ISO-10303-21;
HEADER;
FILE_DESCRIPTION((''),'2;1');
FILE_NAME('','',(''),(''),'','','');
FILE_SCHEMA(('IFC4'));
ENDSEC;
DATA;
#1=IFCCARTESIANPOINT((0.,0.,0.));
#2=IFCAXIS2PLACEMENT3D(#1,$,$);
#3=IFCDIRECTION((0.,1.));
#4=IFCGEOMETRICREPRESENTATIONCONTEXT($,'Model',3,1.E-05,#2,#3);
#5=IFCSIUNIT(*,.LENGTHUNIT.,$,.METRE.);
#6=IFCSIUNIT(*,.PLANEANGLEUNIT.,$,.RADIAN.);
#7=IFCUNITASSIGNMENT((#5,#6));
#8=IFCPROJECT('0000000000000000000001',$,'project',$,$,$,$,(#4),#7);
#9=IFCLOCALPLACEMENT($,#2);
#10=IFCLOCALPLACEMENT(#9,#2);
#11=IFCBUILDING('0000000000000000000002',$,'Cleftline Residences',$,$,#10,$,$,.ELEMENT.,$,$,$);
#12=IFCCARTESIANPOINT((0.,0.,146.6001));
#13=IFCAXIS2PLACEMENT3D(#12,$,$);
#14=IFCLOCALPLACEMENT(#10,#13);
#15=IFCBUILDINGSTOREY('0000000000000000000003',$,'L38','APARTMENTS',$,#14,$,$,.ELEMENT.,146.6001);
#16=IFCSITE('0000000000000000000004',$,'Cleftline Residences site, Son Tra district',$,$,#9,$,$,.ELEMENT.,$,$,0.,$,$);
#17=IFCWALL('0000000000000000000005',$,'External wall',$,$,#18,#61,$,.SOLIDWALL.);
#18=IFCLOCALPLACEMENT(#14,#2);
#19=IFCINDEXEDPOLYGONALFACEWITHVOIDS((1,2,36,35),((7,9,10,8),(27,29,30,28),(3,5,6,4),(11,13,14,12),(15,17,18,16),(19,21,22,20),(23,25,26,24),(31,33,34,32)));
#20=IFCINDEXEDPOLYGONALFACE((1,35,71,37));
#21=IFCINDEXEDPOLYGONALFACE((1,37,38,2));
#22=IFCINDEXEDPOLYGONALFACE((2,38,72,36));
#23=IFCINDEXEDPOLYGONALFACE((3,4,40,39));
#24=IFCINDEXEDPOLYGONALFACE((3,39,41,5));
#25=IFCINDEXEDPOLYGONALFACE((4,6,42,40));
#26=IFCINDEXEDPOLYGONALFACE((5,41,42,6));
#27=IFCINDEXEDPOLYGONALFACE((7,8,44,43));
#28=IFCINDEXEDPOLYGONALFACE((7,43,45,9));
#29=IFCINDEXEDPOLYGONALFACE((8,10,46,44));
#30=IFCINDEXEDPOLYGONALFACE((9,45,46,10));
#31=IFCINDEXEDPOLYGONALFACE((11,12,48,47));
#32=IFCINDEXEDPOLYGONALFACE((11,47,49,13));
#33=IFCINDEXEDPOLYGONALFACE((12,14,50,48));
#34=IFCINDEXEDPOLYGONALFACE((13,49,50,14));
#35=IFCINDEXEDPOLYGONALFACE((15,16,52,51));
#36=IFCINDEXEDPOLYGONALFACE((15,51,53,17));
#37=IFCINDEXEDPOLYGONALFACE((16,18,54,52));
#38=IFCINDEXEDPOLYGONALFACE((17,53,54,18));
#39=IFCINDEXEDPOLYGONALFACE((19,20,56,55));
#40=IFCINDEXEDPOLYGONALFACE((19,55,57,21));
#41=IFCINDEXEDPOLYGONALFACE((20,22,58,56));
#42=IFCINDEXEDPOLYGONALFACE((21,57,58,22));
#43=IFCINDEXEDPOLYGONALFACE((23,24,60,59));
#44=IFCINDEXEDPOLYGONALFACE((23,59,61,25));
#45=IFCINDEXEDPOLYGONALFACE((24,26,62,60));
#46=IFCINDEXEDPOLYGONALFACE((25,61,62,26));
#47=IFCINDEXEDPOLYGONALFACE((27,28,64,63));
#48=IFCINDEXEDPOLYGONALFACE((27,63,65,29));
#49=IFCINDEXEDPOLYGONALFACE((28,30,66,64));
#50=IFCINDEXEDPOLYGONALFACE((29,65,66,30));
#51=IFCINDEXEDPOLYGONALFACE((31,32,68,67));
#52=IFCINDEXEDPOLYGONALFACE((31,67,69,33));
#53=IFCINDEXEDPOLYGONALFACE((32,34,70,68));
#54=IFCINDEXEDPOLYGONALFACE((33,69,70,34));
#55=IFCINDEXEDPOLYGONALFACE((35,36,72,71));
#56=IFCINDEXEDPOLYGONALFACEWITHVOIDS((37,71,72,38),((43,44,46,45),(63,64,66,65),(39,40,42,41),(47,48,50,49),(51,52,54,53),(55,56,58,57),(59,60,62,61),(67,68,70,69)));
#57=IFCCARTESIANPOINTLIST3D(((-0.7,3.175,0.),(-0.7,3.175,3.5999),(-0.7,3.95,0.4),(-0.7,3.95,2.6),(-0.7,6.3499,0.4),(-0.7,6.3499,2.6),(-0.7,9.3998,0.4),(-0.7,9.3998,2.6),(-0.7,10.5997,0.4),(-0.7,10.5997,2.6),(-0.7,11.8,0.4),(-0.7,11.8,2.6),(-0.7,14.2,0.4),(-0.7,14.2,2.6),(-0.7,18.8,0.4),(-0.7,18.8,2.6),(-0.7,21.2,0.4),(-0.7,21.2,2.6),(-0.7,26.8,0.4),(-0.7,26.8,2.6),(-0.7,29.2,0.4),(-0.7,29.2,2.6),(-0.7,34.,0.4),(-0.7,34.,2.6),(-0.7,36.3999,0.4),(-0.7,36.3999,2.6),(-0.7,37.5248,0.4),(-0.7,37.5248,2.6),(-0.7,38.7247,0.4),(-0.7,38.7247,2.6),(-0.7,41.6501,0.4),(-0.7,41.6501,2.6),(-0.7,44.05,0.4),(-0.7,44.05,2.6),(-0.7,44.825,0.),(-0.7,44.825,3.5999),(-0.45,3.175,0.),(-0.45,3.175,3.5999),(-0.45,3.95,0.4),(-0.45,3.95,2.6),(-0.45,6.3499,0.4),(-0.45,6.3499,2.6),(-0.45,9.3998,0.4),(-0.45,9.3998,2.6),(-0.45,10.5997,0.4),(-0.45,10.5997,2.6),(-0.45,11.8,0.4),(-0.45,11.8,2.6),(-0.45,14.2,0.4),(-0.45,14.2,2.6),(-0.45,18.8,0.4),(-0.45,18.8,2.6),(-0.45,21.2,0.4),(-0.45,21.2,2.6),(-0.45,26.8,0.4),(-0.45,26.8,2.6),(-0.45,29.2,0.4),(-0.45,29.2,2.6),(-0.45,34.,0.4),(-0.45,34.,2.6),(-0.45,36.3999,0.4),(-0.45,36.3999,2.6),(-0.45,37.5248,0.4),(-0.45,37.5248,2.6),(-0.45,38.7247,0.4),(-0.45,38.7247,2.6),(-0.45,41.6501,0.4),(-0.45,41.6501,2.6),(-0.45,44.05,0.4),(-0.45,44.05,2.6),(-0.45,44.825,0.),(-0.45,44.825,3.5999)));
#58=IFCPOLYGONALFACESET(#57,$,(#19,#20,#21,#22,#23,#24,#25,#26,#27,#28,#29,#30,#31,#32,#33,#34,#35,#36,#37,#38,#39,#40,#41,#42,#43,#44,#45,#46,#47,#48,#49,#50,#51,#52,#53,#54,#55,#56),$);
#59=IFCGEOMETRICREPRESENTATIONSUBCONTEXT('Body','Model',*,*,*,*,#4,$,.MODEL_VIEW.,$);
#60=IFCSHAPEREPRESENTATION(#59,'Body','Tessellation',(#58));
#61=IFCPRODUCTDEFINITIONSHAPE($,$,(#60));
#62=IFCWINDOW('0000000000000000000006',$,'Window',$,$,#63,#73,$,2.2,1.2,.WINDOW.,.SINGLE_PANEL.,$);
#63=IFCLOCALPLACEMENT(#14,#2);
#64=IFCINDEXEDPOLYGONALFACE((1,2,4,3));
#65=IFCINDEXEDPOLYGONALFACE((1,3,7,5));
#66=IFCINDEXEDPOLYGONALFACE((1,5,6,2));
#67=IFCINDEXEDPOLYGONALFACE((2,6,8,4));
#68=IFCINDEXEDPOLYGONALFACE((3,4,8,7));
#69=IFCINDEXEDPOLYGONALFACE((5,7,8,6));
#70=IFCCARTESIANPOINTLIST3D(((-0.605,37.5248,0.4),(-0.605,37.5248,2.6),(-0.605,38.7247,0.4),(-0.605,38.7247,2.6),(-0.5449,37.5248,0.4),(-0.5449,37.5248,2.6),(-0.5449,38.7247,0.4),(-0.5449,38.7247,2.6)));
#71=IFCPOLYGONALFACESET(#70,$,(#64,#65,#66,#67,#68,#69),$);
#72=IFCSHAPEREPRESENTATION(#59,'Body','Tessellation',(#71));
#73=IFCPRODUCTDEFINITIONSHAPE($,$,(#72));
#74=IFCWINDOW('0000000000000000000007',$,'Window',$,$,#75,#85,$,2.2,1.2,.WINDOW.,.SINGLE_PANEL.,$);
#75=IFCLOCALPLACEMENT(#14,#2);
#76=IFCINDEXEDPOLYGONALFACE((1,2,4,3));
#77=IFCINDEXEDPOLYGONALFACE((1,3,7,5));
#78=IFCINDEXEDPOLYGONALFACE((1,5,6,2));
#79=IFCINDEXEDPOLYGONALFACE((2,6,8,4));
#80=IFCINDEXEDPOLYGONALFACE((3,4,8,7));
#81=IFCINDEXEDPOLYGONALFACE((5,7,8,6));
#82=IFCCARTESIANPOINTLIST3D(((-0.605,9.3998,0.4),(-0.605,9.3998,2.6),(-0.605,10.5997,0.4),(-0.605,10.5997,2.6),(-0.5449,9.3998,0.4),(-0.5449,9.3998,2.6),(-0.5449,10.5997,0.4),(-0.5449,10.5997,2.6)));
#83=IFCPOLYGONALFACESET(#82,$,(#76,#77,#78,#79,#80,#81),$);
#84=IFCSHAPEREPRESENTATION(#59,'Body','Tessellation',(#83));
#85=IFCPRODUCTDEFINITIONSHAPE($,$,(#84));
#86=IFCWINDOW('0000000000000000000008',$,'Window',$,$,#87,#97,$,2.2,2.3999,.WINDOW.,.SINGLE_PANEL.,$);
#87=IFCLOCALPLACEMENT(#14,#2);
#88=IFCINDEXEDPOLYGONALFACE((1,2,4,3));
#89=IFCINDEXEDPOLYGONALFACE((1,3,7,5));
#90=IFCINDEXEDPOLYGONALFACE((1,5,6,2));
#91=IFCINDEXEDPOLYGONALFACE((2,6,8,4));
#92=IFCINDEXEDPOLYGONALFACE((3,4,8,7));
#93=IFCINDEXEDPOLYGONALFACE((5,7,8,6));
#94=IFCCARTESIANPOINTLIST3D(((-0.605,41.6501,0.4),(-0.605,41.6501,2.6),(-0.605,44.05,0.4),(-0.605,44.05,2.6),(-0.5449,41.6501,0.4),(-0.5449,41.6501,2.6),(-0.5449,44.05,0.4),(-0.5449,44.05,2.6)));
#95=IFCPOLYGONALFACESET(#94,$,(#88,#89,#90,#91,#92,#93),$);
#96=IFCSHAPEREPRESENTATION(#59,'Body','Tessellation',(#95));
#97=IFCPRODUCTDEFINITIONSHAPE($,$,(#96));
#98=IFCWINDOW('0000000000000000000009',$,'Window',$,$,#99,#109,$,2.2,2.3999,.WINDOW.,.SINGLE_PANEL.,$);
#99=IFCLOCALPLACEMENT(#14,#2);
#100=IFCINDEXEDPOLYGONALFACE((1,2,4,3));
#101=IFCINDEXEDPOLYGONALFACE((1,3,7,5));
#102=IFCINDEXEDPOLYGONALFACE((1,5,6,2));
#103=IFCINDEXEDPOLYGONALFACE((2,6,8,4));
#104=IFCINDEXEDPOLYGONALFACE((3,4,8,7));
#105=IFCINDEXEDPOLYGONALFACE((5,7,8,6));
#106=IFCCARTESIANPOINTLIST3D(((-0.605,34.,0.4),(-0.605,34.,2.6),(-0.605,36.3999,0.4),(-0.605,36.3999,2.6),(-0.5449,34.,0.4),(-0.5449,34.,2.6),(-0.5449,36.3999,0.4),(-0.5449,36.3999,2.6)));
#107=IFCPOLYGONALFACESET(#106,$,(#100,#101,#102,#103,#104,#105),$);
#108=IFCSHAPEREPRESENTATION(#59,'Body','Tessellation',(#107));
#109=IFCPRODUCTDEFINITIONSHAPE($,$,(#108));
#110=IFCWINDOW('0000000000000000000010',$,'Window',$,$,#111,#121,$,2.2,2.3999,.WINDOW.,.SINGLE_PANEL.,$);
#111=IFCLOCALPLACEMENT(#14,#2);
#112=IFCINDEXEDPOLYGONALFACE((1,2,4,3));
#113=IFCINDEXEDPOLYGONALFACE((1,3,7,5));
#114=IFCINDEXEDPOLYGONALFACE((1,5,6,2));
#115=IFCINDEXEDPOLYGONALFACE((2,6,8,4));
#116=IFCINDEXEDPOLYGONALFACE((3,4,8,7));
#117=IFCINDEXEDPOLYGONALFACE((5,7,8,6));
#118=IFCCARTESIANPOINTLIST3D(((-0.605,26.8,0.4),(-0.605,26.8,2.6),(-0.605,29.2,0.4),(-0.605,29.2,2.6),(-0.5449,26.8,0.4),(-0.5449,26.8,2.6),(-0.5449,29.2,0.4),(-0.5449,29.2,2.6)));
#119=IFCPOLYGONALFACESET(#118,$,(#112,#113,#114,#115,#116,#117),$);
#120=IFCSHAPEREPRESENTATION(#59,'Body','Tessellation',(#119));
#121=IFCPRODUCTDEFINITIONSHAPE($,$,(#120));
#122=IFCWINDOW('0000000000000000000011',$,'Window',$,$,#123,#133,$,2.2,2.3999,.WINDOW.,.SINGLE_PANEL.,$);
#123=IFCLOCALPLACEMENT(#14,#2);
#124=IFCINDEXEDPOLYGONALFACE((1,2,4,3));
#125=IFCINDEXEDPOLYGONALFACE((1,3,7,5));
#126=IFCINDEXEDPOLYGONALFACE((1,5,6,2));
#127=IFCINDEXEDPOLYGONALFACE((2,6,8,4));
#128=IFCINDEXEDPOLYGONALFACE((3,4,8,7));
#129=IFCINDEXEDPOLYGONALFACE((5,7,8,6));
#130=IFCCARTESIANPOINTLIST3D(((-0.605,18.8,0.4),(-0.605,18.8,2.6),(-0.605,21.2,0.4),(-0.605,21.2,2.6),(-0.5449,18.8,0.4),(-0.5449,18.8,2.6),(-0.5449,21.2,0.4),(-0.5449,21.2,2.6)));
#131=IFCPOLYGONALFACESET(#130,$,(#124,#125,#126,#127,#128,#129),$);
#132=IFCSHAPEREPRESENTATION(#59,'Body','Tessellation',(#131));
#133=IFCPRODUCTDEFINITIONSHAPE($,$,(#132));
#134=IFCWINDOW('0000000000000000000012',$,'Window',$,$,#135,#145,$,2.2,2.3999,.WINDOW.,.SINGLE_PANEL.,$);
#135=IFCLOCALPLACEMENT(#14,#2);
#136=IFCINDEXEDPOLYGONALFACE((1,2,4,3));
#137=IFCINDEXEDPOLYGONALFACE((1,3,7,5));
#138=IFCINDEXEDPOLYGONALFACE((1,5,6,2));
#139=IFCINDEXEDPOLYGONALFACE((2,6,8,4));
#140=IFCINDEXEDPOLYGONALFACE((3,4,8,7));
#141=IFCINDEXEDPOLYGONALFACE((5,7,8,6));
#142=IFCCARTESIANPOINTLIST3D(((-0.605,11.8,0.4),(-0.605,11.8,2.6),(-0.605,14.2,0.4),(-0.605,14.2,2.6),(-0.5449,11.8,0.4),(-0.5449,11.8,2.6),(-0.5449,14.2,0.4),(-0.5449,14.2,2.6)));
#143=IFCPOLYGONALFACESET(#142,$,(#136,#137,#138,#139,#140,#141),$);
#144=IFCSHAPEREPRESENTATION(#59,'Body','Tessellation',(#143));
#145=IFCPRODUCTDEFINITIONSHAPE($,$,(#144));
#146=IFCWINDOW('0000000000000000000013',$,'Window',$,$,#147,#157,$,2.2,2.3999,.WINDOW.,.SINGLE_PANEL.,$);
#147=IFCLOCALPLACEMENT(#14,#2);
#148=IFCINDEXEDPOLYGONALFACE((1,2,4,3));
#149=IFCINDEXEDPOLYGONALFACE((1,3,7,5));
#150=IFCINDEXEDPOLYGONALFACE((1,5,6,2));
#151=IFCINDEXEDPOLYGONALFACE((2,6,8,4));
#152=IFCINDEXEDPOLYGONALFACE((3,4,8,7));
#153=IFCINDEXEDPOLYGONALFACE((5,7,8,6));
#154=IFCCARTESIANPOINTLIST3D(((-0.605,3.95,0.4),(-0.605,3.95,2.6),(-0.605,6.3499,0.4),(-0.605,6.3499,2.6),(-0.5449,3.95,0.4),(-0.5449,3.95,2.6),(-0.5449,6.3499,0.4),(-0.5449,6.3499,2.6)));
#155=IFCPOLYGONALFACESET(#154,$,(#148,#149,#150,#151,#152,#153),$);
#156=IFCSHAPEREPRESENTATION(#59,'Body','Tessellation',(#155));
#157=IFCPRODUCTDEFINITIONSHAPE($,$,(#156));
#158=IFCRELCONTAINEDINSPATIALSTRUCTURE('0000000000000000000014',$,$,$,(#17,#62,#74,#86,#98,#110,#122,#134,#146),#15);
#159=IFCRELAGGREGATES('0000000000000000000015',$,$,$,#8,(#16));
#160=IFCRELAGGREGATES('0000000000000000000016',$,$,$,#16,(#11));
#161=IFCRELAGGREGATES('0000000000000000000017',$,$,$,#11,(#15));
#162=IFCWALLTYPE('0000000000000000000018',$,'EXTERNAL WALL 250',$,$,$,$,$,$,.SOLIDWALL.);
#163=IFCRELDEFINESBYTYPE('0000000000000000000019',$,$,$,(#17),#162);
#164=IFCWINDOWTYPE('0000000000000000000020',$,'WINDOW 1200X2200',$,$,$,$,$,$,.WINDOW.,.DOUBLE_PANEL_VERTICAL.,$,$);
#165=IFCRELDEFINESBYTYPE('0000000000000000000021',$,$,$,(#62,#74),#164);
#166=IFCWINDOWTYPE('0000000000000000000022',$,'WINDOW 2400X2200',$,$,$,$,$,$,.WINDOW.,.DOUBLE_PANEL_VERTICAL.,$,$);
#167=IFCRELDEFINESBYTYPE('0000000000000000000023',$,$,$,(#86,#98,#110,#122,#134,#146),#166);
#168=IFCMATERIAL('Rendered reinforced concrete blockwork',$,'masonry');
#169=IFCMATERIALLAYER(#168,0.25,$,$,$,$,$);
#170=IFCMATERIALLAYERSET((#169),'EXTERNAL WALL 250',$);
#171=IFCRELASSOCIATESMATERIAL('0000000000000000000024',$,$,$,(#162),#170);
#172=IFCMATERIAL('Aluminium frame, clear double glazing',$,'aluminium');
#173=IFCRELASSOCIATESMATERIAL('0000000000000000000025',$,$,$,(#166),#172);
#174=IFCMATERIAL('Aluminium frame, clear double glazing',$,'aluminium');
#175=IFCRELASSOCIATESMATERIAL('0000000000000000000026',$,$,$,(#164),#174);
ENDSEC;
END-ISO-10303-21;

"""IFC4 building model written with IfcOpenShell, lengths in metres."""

from ifc_helpers import new_model, si_unit, direction, frame, frame_2d, origin, place, context, subcontext, project, spatial, rectangle, extrude, material, layer, layer_set, type_object, element, fill, save


model = new_model("IFC4")

# Units and contexts
model_context = context("Model", 3, precision=1e-05, world=origin(), true_north=direction((0.0, 1.0)))
body_context = subcontext(model_context, "Body", "Model", "MODEL_VIEW")
ifc_project = project(units=[si_unit("LENGTHUNIT", "METRE"), si_unit("PLANEANGLEUNIT", "RADIAN")], contexts=[model_context])

# Site, building, storey
site_placement = place(None, origin())
site = spatial("IfcSite", under=ifc_project, at=site_placement, Name="Cleftline Residences site, Son Tra district", CompositionType="ELEMENT", RefElevation=0.0)
building_placement = place(site_placement, origin())
building = spatial("IfcBuilding", under=site, at=building_placement, Name="Cleftline Residences", CompositionType="ELEMENT")
storey_placement = place(building_placement, frame((0.0, 0.0, 146.6001)))
storey = spatial("IfcBuildingStorey", under=building, at=storey_placement, Name="L38", Description="APARTMENTS", CompositionType="ELEMENT", Elevation=146.6001)

# Shared definitions
ifc_material_1 = material(Name="Rendered reinforced concrete blockwork", Category="masonry")
ifc_layer_1 = layer(ifc_material_1, 0.25)
ifc_layer_set_1 = layer_set([ifc_layer_1], Name="EXTERNAL WALL 250")
wall_type = type_object("IfcWallType", Name="EXTERNAL WALL 250", PredefinedType="SOLIDWALL", material=ifc_layer_set_1)
ifc_material_2 = material(Name="Aluminium frame, clear double glazing", Category="aluminium")
window_type_1 = type_object("IfcWindowType", Name="WINDOW 2400X2200", PartitioningType="DOUBLE_PANEL_VERTICAL", PredefinedType="WINDOW", material=ifc_material_2)

# Wall, openings, windows
ifc_material_3 = material(Name="Aluminium frame, clear double glazing", Category="aluminium")
window_type_2 = type_object("IfcWindowType", Name="WINDOW 1200X2200", PartitioningType="DOUBLE_PANEL_VERTICAL", PredefinedType="WINDOW", material=ifc_material_3)
wall_1_placement = place(storey_placement, frame((-0.575, 44.825, 0.0), z_axis=(0.0, 0.0, 1.0), x_axis=(0.0, -1.0, 0.0)))
wall_1 = element("IfcWall", 1, at=wall_1_placement, inside=storey, type_object=wall_type, Name="External wall", PredefinedType="SOLIDWALL", context=body_context, shape_type="SweptSolid", body=[
    extrude(rectangle(XDim=41.6499, YDim=0.25, at=frame_2d((20.825, 0.0))), origin(), (0.0, 0.0, 1.0), 3.5999),
])
opening_1_placement = place(wall_1_placement, frame((0.7749, 0.0, 0.3999)))
opening_1 = element("IfcOpeningElement", 2, at=opening_1_placement, cuts=wall_1, PredefinedType="OPENING", context=body_context, shape_type="SweptSolid", body=[
    extrude(rectangle(XDim=2.3999, YDim=2.2, at=frame_2d((1.2, 1.1001))), frame((0.0, 0.135, 0.0), z_axis=(0.0, -1.0, 0.0), x_axis=(1.0, 0.0, 0.0)), (0.0, 0.0, 1.0), 0.27),
])
opening_2_placement = place(wall_1_placement, frame((6.1001, 0.0, 0.3999)))
opening_2 = element("IfcOpeningElement", 3, at=opening_2_placement, cuts=wall_1, PredefinedType="OPENING", context=body_context, shape_type="SweptSolid", body=[
    extrude(rectangle(XDim=1.2, YDim=2.2, at=frame_2d((0.6001, 1.1001))), frame((0.0, 0.135, 0.0), z_axis=(0.0, -1.0, 0.0), x_axis=(1.0, 0.0, 0.0)), (0.0, 0.0, 1.0), 0.27),
])
opening_3_placement = place(wall_1_placement, frame((8.425, 0.0, 0.3999)))
opening_3 = element("IfcOpeningElement", 4, at=opening_3_placement, cuts=wall_1, PredefinedType="OPENING", context=body_context, shape_type="SweptSolid", body=[
    extrude(rectangle(XDim=2.3999, YDim=2.2, at=frame_2d((1.2, 1.1001))), frame((0.0, 0.135, 0.0), z_axis=(0.0, -1.0, 0.0), x_axis=(1.0, 0.0, 0.0)), (0.0, 0.0, 1.0), 0.27),
])
opening_4_placement = place(wall_1_placement, frame((15.625, 0.0, 0.3999)))
opening_4 = element("IfcOpeningElement", 5, at=opening_4_placement, cuts=wall_1, PredefinedType="OPENING", context=body_context, shape_type="SweptSolid", body=[
    extrude(rectangle(XDim=2.3999, YDim=2.2, at=frame_2d((1.2, 1.1001))), frame((0.0, 0.135, 0.0), z_axis=(0.0, -1.0, 0.0), x_axis=(1.0, 0.0, 0.0)), (0.0, 0.0, 1.0), 0.27),
])
opening_5_placement = place(wall_1_placement, frame((23.625, 0.0, 0.3999)))
opening_5 = element("IfcOpeningElement", 6, at=opening_5_placement, cuts=wall_1, PredefinedType="OPENING", context=body_context, shape_type="SweptSolid", body=[
    extrude(rectangle(XDim=2.3999, YDim=2.2, at=frame_2d((1.2, 1.1001))), frame((0.0, 0.135, 0.0), z_axis=(0.0, -1.0, 0.0), x_axis=(1.0, 0.0, 0.0)), (0.0, 0.0, 1.0), 0.27),
])
opening_6_placement = place(wall_1_placement, frame((30.625, 0.0, 0.3999)))
opening_6 = element("IfcOpeningElement", 7, at=opening_6_placement, cuts=wall_1, PredefinedType="OPENING", context=body_context, shape_type="SweptSolid", body=[
    extrude(rectangle(XDim=2.3999, YDim=2.2, at=frame_2d((1.2, 1.1001))), frame((0.0, 0.135, 0.0), z_axis=(0.0, -1.0, 0.0), x_axis=(1.0, 0.0, 0.0)), (0.0, 0.0, 1.0), 0.27),
])
opening_7_placement = place(wall_1_placement, frame((34.2251, 0.0, 0.3999)))
opening_7 = element("IfcOpeningElement", 8, at=opening_7_placement, cuts=wall_1, PredefinedType="OPENING", context=body_context, shape_type="SweptSolid", body=[
    extrude(rectangle(XDim=1.2, YDim=2.2, at=frame_2d((0.6001, 1.1001))), frame((0.0, 0.135, 0.0), z_axis=(0.0, -1.0, 0.0), x_axis=(1.0, 0.0, 0.0)), (0.0, 0.0, 1.0), 0.27),
])
opening_8_placement = place(wall_1_placement, frame((38.4751, 0.0, 0.3999)))
opening_8 = element("IfcOpeningElement", 9, at=opening_8_placement, cuts=wall_1, PredefinedType="OPENING", context=body_context, shape_type="SweptSolid", body=[
    extrude(rectangle(XDim=2.3999, YDim=2.2, at=frame_2d((1.2, 1.1001))), frame((0.0, 0.135, 0.0), z_axis=(0.0, -1.0, 0.0), x_axis=(1.0, 0.0, 0.0)), (0.0, 0.0, 1.0), 0.27),
])
window_1_placement = place(opening_2_placement, origin())
window_1 = element("IfcWindow", 10, at=window_1_placement, inside=storey, type_object=window_type_2, Name="Window", OverallHeight=2.2, OverallWidth=1.2, PartitioningType="SINGLE_PANEL", PredefinedType="WINDOW", context=body_context, shape_type="SweptSolid", body=[
    extrude(rectangle(XDim=1.2, YDim=2.2, at=frame_2d((0.6001, 1.1001))), frame((0.0, 0.03, 0.0), z_axis=(0.0, -1.0, 0.0), x_axis=(1.0, 0.0, 0.0)), (0.0, 0.0, 1.0), 0.0601),
])
fill(opening_2, window_1)
window_2_placement = place(opening_7_placement, origin())
window_2 = element("IfcWindow", 11, at=window_2_placement, inside=storey, type_object=window_type_2, Name="Window", OverallHeight=2.2, OverallWidth=1.2, PartitioningType="SINGLE_PANEL", PredefinedType="WINDOW", context=body_context, shape_type="SweptSolid", body=[
    extrude(rectangle(XDim=1.2, YDim=2.2, at=frame_2d((0.6001, 1.1001))), frame((0.0, 0.03, 0.0), z_axis=(0.0, -1.0, 0.0), x_axis=(1.0, 0.0, 0.0)), (0.0, 0.0, 1.0), 0.0601),
])
fill(opening_7, window_2)
window_3_placement = place(opening_1_placement, origin())
window_3 = element("IfcWindow", 12, at=window_3_placement, inside=storey, type_object=window_type_1, Name="Window", OverallHeight=2.2, OverallWidth=2.3999, PartitioningType="SINGLE_PANEL", PredefinedType="WINDOW", context=body_context, shape_type="SweptSolid", body=[
    extrude(rectangle(XDim=2.3999, YDim=2.2, at=frame_2d((1.2, 1.1001))), frame((0.0, 0.03, 0.0), z_axis=(0.0, -1.0, 0.0), x_axis=(1.0, 0.0, 0.0)), (0.0, 0.0, 1.0), 0.0601),
])
fill(opening_1, window_3)
window_4_placement = place(opening_3_placement, origin())
window_4 = element("IfcWindow", 13, at=window_4_placement, inside=storey, type_object=window_type_1, Name="Window", OverallHeight=2.2, OverallWidth=2.3999, PartitioningType="SINGLE_PANEL", PredefinedType="WINDOW", context=body_context, shape_type="SweptSolid", body=[
    extrude(rectangle(XDim=2.3999, YDim=2.2, at=frame_2d((1.2, 1.1001))), frame((0.0, 0.03, 0.0), z_axis=(0.0, -1.0, 0.0), x_axis=(1.0, 0.0, 0.0)), (0.0, 0.0, 1.0), 0.0601),
])
fill(opening_3, window_4)
window_5_placement = place(opening_4_placement, origin())
window_5 = element("IfcWindow", 14, at=window_5_placement, inside=storey, type_object=window_type_1, Name="Window", OverallHeight=2.2, OverallWidth=2.3999, PartitioningType="SINGLE_PANEL", PredefinedType="WINDOW", context=body_context, shape_type="SweptSolid", body=[
    extrude(rectangle(XDim=2.3999, YDim=2.2, at=frame_2d((1.2, 1.1001))), frame((0.0, 0.03, 0.0), z_axis=(0.0, -1.0, 0.0), x_axis=(1.0, 0.0, 0.0)), (0.0, 0.0, 1.0), 0.0601),
])
fill(opening_4, window_5)
window_6_placement = place(opening_5_placement, origin())
window_6 = element("IfcWindow", 15, at=window_6_placement, inside=storey, type_object=window_type_1, Name="Window", OverallHeight=2.2, OverallWidth=2.3999, PartitioningType="SINGLE_PANEL", PredefinedType="WINDOW", context=body_context, shape_type="SweptSolid", body=[
    extrude(rectangle(XDim=2.3999, YDim=2.2, at=frame_2d((1.2, 1.1001))), frame((0.0, 0.03, 0.0), z_axis=(0.0, -1.0, 0.0), x_axis=(1.0, 0.0, 0.0)), (0.0, 0.0, 1.0), 0.0601),
])
fill(opening_5, window_6)
window_7_placement = place(opening_6_placement, origin())
window_7 = element("IfcWindow", 16, at=window_7_placement, inside=storey, type_object=window_type_1, Name="Window", OverallHeight=2.2, OverallWidth=2.3999, PartitioningType="SINGLE_PANEL", PredefinedType="WINDOW", context=body_context, shape_type="SweptSolid", body=[
    extrude(rectangle(XDim=2.3999, YDim=2.2, at=frame_2d((1.2, 1.1001))), frame((0.0, 0.03, 0.0), z_axis=(0.0, -1.0, 0.0), x_axis=(1.0, 0.0, 0.0)), (0.0, 0.0, 1.0), 0.0601),
])
fill(opening_6, window_7)
window_8_placement = place(opening_8_placement, origin())
window_8 = element("IfcWindow", 17, at=window_8_placement, inside=storey, type_object=window_type_1, Name="Window", OverallHeight=2.2, OverallWidth=2.3999, PartitioningType="SINGLE_PANEL", PredefinedType="WINDOW", context=body_context, shape_type="SweptSolid", body=[
    extrude(rectangle(XDim=2.3999, YDim=2.2, at=frame_2d((1.2, 1.1001))), frame((0.0, 0.03, 0.0), z_axis=(0.0, -1.0, 0.0), x_axis=(1.0, 0.0, 0.0)), (0.0, 0.0, 1.0), 0.0601),
])
fill(opening_8, window_8)

save(model, "model.ifc")
